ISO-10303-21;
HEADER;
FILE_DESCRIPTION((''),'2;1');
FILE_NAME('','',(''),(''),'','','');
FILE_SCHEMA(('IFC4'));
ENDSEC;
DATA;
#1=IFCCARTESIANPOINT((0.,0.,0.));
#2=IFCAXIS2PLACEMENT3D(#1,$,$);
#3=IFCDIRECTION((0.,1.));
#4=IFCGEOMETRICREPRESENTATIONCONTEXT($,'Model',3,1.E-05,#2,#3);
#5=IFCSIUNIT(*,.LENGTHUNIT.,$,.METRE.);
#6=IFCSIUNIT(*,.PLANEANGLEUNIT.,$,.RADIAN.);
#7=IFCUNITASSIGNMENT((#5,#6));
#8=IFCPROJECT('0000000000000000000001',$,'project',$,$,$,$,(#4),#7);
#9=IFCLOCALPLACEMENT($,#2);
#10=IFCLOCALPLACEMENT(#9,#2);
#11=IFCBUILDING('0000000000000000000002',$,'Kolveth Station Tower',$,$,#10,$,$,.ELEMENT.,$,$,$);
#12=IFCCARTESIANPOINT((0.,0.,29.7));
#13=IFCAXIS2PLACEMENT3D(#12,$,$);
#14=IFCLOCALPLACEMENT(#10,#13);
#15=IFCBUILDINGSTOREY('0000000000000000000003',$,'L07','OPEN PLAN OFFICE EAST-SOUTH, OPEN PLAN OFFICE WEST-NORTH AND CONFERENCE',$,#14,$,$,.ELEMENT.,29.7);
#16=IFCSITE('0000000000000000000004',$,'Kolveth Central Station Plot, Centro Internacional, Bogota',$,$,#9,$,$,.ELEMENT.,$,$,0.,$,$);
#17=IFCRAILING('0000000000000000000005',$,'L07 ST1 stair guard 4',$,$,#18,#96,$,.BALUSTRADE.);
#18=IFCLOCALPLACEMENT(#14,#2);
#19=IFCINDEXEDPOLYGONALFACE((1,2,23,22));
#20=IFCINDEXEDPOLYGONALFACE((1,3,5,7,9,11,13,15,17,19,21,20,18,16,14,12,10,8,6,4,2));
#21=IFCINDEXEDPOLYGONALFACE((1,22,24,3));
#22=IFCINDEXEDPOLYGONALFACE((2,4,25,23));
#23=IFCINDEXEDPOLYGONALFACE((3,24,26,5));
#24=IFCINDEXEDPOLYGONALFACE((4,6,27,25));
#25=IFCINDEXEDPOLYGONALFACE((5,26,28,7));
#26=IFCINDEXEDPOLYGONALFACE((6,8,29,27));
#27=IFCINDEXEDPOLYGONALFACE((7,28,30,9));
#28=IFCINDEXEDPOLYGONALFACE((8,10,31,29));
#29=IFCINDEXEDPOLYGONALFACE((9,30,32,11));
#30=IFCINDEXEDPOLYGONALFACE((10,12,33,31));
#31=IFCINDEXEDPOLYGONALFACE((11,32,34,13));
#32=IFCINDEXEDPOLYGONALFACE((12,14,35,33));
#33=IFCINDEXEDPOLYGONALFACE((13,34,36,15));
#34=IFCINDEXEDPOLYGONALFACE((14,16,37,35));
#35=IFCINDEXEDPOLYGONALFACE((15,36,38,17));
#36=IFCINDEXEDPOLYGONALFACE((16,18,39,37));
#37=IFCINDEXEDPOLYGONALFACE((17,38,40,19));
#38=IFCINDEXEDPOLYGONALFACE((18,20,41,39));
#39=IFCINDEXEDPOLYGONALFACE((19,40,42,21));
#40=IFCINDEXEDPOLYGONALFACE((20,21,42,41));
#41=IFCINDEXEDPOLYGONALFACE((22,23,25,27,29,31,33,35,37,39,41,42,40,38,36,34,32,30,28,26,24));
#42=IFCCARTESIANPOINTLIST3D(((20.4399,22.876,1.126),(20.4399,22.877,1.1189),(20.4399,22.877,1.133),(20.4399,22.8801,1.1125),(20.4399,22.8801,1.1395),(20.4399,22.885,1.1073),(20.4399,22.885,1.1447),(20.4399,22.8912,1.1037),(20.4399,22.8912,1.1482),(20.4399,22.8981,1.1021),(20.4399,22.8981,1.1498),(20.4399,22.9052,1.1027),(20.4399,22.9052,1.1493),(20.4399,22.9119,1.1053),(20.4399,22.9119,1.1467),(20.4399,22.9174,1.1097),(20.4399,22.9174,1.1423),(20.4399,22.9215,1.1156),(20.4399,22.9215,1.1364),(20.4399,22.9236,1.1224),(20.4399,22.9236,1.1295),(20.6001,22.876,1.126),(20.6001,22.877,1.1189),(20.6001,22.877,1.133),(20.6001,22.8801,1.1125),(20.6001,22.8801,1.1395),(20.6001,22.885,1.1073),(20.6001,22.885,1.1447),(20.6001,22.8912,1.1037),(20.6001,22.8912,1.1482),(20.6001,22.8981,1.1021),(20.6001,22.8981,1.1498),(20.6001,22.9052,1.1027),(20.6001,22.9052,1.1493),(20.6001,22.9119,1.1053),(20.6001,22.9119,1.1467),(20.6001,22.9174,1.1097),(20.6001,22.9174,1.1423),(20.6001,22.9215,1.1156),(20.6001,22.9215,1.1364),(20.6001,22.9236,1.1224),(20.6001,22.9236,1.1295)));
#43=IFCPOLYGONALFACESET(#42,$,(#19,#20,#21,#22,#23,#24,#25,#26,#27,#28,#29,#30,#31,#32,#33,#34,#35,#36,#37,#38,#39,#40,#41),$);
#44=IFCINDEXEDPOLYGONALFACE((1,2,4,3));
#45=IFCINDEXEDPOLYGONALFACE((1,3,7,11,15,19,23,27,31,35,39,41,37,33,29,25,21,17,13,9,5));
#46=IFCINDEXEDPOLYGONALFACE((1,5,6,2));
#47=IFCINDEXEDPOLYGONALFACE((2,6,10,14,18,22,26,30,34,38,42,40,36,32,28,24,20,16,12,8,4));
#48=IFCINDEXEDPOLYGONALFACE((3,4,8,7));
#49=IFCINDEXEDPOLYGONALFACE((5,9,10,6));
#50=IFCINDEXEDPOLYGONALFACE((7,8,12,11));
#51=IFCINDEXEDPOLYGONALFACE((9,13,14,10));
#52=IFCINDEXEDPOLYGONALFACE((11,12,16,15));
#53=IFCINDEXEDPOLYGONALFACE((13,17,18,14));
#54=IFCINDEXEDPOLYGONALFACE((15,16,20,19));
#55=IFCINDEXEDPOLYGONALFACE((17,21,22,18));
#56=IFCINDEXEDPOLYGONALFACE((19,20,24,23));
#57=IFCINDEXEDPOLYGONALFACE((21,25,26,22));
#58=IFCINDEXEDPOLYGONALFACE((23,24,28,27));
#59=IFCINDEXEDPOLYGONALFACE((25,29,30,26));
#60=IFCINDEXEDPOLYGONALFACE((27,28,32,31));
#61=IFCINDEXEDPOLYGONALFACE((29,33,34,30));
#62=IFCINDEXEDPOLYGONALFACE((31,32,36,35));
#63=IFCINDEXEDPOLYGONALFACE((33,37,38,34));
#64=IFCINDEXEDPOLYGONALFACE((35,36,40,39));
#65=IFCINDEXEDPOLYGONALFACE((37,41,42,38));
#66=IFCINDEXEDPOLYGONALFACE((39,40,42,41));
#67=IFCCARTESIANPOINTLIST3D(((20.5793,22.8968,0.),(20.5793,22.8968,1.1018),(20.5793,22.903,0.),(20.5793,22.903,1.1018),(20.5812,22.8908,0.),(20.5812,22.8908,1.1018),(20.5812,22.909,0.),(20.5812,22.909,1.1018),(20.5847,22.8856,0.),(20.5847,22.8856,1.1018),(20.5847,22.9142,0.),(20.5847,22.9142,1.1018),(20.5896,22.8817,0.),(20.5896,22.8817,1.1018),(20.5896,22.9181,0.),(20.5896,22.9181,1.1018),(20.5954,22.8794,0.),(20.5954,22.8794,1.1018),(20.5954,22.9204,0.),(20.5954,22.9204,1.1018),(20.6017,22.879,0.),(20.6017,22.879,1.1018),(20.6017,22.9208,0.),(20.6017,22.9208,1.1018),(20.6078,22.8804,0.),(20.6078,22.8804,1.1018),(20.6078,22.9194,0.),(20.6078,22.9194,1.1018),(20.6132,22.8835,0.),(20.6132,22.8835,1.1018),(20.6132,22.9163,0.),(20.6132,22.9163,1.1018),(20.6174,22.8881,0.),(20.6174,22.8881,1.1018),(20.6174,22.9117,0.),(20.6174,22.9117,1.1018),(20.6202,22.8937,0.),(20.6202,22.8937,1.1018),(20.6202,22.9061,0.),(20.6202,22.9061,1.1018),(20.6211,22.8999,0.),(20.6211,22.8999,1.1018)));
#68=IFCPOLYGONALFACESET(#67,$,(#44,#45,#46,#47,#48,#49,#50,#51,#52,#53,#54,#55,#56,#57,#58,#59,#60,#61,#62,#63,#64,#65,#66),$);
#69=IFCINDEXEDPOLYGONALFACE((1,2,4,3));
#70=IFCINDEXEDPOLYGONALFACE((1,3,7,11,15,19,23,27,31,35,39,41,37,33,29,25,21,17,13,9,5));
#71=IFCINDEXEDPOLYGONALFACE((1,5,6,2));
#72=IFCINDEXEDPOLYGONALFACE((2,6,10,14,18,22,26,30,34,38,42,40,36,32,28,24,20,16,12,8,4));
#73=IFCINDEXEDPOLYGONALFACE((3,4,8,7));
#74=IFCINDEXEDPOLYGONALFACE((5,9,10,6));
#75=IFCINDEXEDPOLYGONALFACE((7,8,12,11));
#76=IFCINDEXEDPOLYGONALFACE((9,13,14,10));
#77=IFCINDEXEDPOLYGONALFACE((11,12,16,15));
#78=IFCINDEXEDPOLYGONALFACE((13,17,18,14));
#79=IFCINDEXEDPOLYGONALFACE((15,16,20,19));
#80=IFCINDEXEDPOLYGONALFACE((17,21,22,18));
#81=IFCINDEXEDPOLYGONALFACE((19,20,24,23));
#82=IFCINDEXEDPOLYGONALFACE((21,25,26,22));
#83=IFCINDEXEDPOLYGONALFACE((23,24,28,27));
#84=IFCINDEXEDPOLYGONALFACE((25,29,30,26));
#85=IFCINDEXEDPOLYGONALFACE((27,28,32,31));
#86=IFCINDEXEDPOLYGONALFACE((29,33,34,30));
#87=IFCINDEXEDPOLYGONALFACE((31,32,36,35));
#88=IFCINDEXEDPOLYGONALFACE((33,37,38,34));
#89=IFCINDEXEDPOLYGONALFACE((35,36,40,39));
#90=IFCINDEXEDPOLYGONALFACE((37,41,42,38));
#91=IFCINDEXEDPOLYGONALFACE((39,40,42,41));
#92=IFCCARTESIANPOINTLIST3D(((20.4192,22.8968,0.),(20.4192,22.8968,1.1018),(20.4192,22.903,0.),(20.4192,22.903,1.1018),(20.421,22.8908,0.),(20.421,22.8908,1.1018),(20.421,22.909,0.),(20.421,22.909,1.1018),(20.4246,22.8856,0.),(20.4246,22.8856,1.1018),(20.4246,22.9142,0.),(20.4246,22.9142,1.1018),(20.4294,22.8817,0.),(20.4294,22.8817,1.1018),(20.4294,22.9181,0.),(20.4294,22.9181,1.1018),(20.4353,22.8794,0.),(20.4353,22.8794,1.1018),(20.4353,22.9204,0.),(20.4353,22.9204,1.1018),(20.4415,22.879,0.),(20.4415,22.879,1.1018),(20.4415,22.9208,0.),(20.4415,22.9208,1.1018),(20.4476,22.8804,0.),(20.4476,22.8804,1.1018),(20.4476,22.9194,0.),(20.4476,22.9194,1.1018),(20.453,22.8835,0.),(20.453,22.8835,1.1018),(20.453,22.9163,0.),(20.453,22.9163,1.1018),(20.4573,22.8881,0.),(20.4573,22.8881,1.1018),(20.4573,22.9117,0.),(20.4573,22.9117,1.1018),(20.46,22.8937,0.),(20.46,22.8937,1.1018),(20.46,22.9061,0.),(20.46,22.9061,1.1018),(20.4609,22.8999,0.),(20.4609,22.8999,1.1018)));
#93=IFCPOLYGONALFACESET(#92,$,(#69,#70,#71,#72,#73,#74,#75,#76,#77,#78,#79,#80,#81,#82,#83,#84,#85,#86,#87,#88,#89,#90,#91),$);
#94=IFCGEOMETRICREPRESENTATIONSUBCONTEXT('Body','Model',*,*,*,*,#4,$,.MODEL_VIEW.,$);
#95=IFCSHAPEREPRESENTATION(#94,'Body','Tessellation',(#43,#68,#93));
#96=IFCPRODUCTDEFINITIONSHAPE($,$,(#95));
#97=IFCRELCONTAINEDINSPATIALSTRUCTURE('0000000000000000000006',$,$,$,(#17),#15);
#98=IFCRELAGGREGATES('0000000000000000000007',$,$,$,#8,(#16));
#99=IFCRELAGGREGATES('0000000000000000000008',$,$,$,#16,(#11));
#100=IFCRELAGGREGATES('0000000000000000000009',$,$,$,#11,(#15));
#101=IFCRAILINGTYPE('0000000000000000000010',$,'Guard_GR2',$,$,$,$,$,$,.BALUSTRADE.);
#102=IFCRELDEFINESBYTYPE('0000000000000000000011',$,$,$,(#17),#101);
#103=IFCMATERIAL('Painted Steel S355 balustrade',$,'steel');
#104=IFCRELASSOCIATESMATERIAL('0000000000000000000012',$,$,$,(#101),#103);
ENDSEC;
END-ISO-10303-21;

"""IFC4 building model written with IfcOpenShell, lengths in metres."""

from ifc_helpers import new_model, si_unit, direction, frame, origin, origin_2d, place, context, subcontext, project, spatial, circle, extrude, material, type_object, element, save


model = new_model("IFC4")

# Units and contexts
model_context = context("Model", 3, precision=1e-05, world=origin(), true_north=direction((0.0, 1.0)))
body_context = subcontext(model_context, "Body", "Model", "MODEL_VIEW")
ifc_project = project(units=[si_unit("LENGTHUNIT", "METRE"), si_unit("PLANEANGLEUNIT", "RADIAN")], contexts=[model_context])

# Site, building, storey
site_placement = place(None, origin())
site = spatial("IfcSite", under=ifc_project, at=site_placement, Name="Kolveth Central Station Plot, Centro Internacional, Bogota", CompositionType="ELEMENT", RefElevation=0.0)
building_placement = place(site_placement, origin())
building = spatial("IfcBuilding", under=site, at=building_placement, Name="Kolveth Station Tower", CompositionType="ELEMENT")
storey_placement = place(building_placement, frame((0.0, 0.0, 29.7)))
storey = spatial("IfcBuildingStorey", under=building, at=storey_placement, Name="L07", Description="OPEN PLAN OFFICE EAST-SOUTH, OPEN PLAN OFFICE WEST-NORTH AND CONFERENCE", CompositionType="ELEMENT", Elevation=29.7)

# Railing
ifc_material_1 = material(Name="Painted Steel S355 balustrade", Category="steel")
railing_type_1 = type_object("IfcRailingType", Name="Guard_GR2", PredefinedType="BALUSTRADE", material=ifc_material_1)
railing_1_placement = place(storey_placement, frame((20.6001, 22.8999, 0.0)))
element("IfcRailing", 1, at=railing_1_placement, inside=storey, type_object=railing_type_1, Name="L07 ST1 stair guard 4", PredefinedType="BALUSTRADE", context=body_context, shape_type="SweptSolid", body=[
    extrude(circle(Radius=0.0239, at=origin_2d()), frame((0.0, 0.0, 1.126), z_axis=(-1.0, 0.0, 0.0), x_axis=(0.0, -1.0, 0.0)), (0.0, 0.0, 1.0), 0.1602),
    extrude(circle(Radius=0.021, at=origin_2d()), origin(), (0.0, 0.0, 1.0), 1.1018),
    extrude(circle(Radius=0.021, at=origin_2d()), frame((-0.1602, 0.0, 0.0)), (0.0, 0.0, 1.0), 1.1018),
])

save(model, "model.ifc")
